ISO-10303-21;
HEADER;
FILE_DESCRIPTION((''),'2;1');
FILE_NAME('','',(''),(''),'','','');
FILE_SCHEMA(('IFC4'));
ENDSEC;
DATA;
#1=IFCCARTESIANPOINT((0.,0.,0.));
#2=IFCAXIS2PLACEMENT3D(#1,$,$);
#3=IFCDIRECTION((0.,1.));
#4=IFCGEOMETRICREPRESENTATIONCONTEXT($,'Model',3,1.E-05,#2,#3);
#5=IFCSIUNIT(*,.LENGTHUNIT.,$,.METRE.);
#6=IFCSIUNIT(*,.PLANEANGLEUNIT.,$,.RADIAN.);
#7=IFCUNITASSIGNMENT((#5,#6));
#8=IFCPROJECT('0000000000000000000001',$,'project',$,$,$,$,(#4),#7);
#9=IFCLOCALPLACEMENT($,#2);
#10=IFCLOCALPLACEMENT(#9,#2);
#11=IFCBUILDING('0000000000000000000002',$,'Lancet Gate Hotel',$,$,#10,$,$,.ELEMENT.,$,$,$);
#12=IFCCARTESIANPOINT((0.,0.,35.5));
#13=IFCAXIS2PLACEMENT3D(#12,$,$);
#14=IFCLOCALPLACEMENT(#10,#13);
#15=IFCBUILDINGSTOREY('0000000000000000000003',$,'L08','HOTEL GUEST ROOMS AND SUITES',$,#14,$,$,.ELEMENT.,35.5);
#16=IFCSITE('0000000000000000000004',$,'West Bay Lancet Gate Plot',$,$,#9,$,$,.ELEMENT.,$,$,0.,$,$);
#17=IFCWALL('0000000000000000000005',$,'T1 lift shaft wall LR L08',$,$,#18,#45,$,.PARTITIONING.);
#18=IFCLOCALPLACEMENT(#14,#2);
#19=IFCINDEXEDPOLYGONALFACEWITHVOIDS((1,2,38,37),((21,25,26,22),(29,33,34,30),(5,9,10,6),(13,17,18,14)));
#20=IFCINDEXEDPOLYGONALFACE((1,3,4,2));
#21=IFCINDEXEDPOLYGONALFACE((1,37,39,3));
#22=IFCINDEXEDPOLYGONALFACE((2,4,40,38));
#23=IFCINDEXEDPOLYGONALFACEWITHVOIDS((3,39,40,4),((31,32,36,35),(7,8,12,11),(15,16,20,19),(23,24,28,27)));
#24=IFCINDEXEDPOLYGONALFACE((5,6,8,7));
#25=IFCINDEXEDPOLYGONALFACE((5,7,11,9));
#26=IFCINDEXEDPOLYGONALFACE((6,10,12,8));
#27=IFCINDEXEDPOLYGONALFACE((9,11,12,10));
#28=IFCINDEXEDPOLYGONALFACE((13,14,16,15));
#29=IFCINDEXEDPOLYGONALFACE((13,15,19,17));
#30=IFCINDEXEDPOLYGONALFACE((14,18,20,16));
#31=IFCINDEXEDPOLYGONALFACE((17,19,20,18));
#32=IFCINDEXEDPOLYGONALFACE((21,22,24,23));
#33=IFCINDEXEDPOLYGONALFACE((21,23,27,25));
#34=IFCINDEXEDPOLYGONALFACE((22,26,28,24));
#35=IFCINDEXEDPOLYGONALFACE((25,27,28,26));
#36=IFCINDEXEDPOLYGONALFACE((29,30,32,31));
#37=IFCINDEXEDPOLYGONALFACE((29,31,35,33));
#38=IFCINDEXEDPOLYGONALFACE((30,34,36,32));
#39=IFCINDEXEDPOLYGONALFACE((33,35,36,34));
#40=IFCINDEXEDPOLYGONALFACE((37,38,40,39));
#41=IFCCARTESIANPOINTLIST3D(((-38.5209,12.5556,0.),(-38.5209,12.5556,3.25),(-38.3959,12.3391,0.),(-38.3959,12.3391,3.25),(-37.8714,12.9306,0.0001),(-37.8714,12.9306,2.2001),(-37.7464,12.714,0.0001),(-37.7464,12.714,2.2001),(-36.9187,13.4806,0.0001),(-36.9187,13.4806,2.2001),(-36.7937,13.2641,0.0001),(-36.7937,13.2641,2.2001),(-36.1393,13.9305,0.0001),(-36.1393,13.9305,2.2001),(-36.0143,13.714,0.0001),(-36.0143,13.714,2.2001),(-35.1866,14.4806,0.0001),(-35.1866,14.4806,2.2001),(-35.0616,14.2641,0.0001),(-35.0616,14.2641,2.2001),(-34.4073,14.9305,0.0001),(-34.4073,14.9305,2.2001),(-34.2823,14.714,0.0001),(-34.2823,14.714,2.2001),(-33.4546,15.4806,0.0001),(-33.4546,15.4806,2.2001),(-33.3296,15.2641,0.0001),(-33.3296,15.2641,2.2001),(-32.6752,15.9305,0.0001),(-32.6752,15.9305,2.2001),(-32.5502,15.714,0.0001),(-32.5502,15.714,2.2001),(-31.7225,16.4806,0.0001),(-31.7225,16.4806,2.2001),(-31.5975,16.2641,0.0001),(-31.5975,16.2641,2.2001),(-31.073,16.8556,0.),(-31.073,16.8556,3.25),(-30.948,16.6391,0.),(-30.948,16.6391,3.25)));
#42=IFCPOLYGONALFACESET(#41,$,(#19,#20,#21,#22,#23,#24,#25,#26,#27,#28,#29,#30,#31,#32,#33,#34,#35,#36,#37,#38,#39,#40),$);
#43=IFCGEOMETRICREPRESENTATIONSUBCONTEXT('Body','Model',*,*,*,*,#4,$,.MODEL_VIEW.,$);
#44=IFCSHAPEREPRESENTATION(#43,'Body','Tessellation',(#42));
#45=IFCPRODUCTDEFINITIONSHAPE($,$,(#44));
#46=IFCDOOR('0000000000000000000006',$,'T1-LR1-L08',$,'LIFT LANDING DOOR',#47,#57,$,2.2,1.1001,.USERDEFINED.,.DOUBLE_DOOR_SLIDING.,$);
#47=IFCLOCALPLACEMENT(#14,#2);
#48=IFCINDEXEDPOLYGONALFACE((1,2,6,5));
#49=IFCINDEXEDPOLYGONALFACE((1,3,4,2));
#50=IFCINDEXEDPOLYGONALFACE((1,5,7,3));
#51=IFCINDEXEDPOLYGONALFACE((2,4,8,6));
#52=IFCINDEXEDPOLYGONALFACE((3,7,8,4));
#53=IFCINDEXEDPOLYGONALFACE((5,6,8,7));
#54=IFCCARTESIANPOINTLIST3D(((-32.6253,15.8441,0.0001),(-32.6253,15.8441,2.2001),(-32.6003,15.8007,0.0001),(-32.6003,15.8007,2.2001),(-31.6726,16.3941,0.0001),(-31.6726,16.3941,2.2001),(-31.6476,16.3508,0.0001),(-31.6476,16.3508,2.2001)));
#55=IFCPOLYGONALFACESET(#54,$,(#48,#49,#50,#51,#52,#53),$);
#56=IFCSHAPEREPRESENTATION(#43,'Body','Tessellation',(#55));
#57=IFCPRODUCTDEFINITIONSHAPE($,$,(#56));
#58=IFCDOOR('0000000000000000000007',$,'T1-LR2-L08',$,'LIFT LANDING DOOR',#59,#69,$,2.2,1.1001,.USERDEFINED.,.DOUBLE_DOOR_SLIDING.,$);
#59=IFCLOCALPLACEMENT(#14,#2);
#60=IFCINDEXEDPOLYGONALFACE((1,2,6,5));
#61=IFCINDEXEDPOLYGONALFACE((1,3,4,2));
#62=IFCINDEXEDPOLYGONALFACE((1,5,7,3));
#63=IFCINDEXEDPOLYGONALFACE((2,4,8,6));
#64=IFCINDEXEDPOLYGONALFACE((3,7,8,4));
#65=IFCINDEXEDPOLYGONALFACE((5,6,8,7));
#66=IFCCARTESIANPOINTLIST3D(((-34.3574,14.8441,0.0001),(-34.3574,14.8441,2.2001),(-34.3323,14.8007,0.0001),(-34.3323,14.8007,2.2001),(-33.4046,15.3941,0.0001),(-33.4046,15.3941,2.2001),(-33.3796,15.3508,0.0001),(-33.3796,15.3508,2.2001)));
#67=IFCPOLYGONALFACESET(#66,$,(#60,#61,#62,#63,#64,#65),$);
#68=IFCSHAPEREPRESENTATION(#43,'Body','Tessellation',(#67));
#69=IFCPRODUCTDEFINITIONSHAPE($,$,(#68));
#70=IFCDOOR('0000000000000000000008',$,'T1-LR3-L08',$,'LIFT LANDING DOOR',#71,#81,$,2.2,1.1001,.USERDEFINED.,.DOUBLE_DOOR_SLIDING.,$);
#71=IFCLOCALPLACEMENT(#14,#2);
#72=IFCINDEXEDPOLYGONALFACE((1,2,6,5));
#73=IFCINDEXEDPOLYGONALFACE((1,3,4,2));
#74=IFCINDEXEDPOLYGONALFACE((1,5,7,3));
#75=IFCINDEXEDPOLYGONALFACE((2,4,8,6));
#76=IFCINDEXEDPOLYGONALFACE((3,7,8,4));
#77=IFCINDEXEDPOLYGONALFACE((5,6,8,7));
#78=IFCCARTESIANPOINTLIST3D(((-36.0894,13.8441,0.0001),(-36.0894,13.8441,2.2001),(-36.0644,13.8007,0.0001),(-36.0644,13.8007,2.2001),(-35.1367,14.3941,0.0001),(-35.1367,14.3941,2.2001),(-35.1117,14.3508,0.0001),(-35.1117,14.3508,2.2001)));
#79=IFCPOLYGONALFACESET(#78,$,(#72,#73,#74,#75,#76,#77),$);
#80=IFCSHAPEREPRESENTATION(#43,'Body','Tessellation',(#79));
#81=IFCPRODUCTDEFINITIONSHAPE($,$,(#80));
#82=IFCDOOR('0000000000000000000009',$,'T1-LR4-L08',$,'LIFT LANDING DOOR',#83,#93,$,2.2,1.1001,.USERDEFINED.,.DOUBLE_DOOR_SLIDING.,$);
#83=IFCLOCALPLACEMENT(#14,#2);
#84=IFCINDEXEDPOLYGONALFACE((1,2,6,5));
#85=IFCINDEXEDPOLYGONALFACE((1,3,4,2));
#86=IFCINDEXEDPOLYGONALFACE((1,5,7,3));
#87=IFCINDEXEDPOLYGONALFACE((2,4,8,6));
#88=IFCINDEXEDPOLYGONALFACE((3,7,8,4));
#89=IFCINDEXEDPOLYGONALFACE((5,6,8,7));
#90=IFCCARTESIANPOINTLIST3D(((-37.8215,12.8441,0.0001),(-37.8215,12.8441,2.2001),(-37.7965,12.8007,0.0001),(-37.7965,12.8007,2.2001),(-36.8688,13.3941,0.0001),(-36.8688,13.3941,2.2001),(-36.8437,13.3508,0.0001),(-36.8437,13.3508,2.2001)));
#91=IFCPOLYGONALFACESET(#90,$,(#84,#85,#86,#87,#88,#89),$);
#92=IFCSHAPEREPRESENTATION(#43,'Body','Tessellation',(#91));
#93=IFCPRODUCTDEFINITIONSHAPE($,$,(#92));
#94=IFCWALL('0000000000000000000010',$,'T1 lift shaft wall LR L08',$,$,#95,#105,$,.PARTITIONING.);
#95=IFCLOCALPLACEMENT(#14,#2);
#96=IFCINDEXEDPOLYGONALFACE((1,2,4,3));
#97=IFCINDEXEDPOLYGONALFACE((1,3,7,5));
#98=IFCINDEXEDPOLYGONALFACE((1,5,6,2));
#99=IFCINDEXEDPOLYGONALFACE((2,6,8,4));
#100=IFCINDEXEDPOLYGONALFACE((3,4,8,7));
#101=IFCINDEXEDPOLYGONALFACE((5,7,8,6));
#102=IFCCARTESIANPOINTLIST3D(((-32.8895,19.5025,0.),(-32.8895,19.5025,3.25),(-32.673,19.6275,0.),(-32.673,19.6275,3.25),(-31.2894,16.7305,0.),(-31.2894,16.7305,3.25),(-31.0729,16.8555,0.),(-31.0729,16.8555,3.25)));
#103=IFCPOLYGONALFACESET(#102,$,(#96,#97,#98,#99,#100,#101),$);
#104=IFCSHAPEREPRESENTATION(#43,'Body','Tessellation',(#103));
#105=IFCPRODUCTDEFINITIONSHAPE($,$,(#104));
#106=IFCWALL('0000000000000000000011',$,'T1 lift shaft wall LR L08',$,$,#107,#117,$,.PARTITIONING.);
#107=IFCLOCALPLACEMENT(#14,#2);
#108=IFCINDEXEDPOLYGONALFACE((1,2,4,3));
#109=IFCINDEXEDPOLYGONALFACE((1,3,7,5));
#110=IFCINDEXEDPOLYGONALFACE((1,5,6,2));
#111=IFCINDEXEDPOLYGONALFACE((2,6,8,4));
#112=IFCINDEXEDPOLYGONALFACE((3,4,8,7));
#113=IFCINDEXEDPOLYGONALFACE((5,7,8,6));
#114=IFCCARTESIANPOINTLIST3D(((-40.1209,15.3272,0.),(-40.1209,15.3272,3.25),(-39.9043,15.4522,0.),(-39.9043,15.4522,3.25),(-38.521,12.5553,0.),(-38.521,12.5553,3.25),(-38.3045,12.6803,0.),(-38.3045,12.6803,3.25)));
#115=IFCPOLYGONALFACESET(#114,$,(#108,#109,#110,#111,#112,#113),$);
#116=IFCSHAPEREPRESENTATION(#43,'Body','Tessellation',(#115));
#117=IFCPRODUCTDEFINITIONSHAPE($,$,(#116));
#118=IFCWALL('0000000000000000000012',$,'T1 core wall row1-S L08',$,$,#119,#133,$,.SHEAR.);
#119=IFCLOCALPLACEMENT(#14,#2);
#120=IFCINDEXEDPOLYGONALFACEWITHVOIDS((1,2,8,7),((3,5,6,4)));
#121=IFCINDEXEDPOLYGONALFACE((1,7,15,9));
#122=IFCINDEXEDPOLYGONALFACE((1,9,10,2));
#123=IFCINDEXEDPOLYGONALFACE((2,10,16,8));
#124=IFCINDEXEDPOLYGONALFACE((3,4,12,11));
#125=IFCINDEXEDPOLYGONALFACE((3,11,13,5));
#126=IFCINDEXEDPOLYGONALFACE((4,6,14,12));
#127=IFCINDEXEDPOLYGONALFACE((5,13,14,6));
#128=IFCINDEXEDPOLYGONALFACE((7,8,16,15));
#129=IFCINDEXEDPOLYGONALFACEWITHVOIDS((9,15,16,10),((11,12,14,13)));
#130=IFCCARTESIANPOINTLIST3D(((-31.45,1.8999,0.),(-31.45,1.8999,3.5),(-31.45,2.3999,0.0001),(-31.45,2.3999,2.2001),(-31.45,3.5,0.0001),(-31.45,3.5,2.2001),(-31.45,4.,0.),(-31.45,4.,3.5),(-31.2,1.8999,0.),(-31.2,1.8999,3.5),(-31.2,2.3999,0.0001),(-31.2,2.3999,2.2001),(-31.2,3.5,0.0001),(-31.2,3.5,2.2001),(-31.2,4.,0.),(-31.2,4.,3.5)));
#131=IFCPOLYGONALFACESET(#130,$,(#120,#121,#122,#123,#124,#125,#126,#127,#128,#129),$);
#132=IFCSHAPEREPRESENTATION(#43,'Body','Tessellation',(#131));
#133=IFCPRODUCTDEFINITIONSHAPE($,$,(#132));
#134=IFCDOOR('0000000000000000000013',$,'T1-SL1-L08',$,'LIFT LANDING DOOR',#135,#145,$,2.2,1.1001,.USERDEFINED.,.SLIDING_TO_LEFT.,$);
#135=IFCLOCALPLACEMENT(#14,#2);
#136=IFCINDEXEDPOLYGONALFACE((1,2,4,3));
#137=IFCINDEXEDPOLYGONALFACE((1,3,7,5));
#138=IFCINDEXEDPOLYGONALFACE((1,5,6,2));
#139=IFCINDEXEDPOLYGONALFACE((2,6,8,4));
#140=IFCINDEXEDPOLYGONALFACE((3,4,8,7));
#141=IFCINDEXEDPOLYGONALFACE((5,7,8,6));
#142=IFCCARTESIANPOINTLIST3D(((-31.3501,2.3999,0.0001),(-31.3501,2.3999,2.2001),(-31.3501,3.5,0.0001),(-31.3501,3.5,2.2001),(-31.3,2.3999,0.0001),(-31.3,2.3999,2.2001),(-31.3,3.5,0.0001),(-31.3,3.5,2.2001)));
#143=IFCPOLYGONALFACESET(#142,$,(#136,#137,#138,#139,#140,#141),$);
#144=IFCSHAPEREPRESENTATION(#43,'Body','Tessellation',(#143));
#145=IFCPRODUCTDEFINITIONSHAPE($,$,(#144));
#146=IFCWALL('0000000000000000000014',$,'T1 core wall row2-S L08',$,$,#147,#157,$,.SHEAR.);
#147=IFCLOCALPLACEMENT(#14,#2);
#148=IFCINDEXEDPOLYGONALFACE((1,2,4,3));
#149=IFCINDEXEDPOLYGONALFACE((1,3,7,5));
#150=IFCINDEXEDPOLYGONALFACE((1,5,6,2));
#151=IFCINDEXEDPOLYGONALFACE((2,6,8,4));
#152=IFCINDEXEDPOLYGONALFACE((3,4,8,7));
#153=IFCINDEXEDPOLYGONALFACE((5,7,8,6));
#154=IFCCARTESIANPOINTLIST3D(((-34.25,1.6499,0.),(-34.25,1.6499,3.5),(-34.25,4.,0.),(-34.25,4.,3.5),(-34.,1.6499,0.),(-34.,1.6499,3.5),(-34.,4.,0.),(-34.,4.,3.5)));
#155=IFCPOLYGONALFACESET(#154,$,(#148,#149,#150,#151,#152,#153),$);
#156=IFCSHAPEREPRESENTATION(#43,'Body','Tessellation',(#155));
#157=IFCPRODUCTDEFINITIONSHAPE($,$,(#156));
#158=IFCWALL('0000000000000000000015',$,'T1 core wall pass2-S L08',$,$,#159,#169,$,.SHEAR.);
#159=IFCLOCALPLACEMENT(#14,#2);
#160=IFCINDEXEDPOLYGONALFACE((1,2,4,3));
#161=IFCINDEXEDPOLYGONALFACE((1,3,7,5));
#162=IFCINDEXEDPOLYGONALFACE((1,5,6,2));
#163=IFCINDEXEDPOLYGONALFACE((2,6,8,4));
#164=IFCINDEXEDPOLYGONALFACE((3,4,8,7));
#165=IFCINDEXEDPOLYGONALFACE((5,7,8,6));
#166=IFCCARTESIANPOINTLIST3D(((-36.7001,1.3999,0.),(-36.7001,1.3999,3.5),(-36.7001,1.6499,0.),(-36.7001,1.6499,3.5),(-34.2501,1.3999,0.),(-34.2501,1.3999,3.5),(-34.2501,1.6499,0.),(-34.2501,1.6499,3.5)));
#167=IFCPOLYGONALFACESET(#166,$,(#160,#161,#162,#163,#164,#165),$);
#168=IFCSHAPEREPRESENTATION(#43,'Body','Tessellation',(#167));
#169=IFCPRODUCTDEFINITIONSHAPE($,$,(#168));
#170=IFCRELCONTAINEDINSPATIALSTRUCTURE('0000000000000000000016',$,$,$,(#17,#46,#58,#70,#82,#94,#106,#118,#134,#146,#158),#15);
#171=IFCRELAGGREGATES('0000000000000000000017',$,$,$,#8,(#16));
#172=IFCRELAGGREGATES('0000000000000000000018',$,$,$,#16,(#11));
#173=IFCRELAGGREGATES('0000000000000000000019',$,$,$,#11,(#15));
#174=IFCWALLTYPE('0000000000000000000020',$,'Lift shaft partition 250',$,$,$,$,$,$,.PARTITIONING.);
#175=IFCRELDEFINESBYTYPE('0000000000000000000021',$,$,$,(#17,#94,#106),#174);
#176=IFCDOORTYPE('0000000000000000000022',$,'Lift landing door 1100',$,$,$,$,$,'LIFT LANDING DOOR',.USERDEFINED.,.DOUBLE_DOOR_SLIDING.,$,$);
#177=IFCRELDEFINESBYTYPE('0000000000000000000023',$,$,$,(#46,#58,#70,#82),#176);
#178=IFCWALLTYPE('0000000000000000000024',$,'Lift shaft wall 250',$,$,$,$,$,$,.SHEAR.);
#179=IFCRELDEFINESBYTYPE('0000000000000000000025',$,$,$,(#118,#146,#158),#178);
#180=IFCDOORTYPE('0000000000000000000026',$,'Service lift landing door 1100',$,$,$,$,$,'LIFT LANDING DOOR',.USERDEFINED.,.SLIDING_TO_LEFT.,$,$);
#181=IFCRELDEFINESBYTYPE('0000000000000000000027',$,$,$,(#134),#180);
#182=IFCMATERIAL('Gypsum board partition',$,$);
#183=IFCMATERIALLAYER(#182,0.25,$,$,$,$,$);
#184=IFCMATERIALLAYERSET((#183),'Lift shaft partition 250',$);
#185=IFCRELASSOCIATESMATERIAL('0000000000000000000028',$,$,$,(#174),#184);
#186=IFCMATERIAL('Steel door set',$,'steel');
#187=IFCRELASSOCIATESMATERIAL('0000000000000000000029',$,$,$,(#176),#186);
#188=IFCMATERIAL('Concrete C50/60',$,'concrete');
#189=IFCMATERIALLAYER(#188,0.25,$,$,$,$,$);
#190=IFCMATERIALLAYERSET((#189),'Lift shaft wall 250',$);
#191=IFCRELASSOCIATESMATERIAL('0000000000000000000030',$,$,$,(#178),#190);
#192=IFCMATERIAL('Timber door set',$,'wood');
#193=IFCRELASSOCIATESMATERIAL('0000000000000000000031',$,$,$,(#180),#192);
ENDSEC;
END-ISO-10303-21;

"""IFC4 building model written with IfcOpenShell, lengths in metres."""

from ifc_helpers import new_model, si_unit, direction, frame, frame_2d, origin, place, context, subcontext, project, spatial, rectangle, extrude, material, layer, layer_set, type_object, element, fill, save


model = new_model("IFC4")

# Units and contexts
model_context = context("Model", 3, precision=1e-05, world=origin(), true_north=direction((0.0, 1.0)))
body_context = subcontext(model_context, "Body", "Model", "MODEL_VIEW")
ifc_project = project(units=[si_unit("LENGTHUNIT", "METRE"), si_unit("PLANEANGLEUNIT", "RADIAN")], contexts=[model_context])

# Site, building, storey
site_placement = place(None, origin())
site = spatial("IfcSite", under=ifc_project, at=site_placement, Name="West Bay Lancet Gate Plot", CompositionType="ELEMENT", RefElevation=0.0)
building_placement = place(site_placement, origin())
building = spatial("IfcBuilding", under=site, at=building_placement, Name="Lancet Gate Hotel", CompositionType="ELEMENT")
storey_placement = place(building_placement, frame((0.0, 0.0, 35.5)))
storey = spatial("IfcBuildingStorey", under=building, at=storey_placement, Name="L08", Description="HOTEL GUEST ROOMS AND SUITES", CompositionType="ELEMENT", Elevation=35.5)

# Wall, openings, doors
ifc_material_1 = material(Name="Gypsum board partition")
ifc_layer_1 = layer(ifc_material_1, 0.25)
ifc_layer_set_1 = layer_set([ifc_layer_1], Name="Lift shaft partition 250")
wall_type_1 = type_object("IfcWallType", Name="Lift shaft partition 250", PredefinedType="PARTITIONING", material=ifc_layer_set_1)
wall_1_placement = place(storey_placement, frame((-31.0105, 16.7473, 0.0), z_axis=(0.0, 0.0, 1.0), x_axis=(-0.866028, -0.499995, 0.0)))
wall_1 = element("IfcWall", 1, at=wall_1_placement, inside=storey, type_object=wall_type_1, Name="T1 lift shaft wall LR L08", PredefinedType="PARTITIONING", context=body_context, shape_type="SweptSolid", body=[
    extrude(rectangle(XDim=8.6001, YDim=0.25, at=frame_2d((4.3, 0.0))), origin(), (0.0, 0.0, 1.0), 3.25),
])
opening_1_placement = place(wall_1_placement, frame((0.75, 0.0, 0.0)))
opening_1 = element("IfcOpeningElement", 2, at=opening_1_placement, cuts=wall_1, PredefinedType="OPENING", context=body_context, shape_type="SweptSolid", body=[
    extrude(rectangle(XDim=1.1001, YDim=2.2, at=frame_2d((0.55, 1.1001))), frame((0.0, 0.135, 0.0), z_axis=(0.0, -1.0, 0.0), x_axis=(1.0, 0.0, 0.0)), (0.0, 0.0, 1.0), 0.27),
])
opening_2_placement = place(wall_1_placement, frame((2.75, 0.0, 0.0)))
opening_2 = element("IfcOpeningElement", 3, at=opening_2_placement, cuts=wall_1, PredefinedType="OPENING", context=body_context, shape_type="SweptSolid", body=[
    extrude(rectangle(XDim=1.1001, YDim=2.2, at=frame_2d((0.55, 1.1001))), frame((0.0, 0.135, 0.0), z_axis=(0.0, -1.0, 0.0), x_axis=(1.0, 0.0, 0.0)), (0.0, 0.0, 1.0), 0.27),
])
opening_3_placement = place(wall_1_placement, frame((4.75, 0.0, 0.0)))
opening_3 = element("IfcOpeningElement", 4, at=opening_3_placement, cuts=wall_1, PredefinedType="OPENING", context=body_context, shape_type="SweptSolid", body=[
    extrude(rectangle(XDim=1.1001, YDim=2.2, at=frame_2d((0.55, 1.1001))), frame((0.0, 0.135, 0.0), z_axis=(0.0, -1.0, 0.0), x_axis=(1.0, 0.0, 0.0)), (0.0, 0.0, 1.0), 0.27),
])
opening_4_placement = place(wall_1_placement, frame((6.75, 0.0, 0.0)))
opening_4 = element("IfcOpeningElement", 5, at=opening_4_placement, cuts=wall_1, PredefinedType="OPENING", context=body_context, shape_type="SweptSolid", body=[
    extrude(rectangle(XDim=1.1001, YDim=2.2, at=frame_2d((0.55, 1.1001))), frame((0.0, 0.135, 0.0), z_axis=(0.0, -1.0, 0.0), x_axis=(1.0, 0.0, 0.0)), (0.0, 0.0, 1.0), 0.27),
])
ifc_material_2 = material(Name="Steel door set", Category="steel")
door_type_1 = type_object("IfcDoorType", Name="Lift landing door 1100", ElementType="LIFT LANDING DOOR", OperationType="DOUBLE_DOOR_SLIDING", PredefinedType="USERDEFINED", material=ifc_material_2)
door_1_placement = place(opening_1_placement, origin())
door_1 = element("IfcDoor", 6, at=door_1_placement, inside=storey, type_object=door_type_1, Name="T1-LR1-L08", ObjectType="LIFT LANDING DOOR", OperationType="DOUBLE_DOOR_SLIDING", OverallHeight=2.2, OverallWidth=1.1001, PredefinedType="USERDEFINED", context=body_context, shape_type="SweptSolid", body=[
    extrude(rectangle(XDim=1.1001, YDim=2.2, at=frame_2d((0.55, 1.1001))), frame((0.0, 0.0249, 0.0), z_axis=(0.0, -1.0, 0.0), x_axis=(1.0, 0.0, 0.0)), (0.0, 0.0, 1.0), 0.05),
])
fill(opening_1, door_1)
door_2_placement = place(opening_2_placement, origin())
door_2 = element("IfcDoor", 7, at=door_2_placement, inside=storey, type_object=door_type_1, Name="T1-LR2-L08", ObjectType="LIFT LANDING DOOR", OperationType="DOUBLE_DOOR_SLIDING", OverallHeight=2.2, OverallWidth=1.1001, PredefinedType="USERDEFINED", context=body_context, shape_type="SweptSolid", body=[
    extrude(rectangle(XDim=1.1001, YDim=2.2, at=frame_2d((0.55, 1.1001))), frame((0.0, 0.0249, 0.0), z_axis=(0.0, -1.0, 0.0), x_axis=(1.0, 0.0, 0.0)), (0.0, 0.0, 1.0), 0.05),
])
fill(opening_2, door_2)
door_3_placement = place(opening_3_placement, origin())
door_3 = element("IfcDoor", 8, at=door_3_placement, inside=storey, type_object=door_type_1, Name="T1-LR3-L08", ObjectType="LIFT LANDING DOOR", OperationType="DOUBLE_DOOR_SLIDING", OverallHeight=2.2, OverallWidth=1.1001, PredefinedType="USERDEFINED", context=body_context, shape_type="SweptSolid", body=[
    extrude(rectangle(XDim=1.1001, YDim=2.2, at=frame_2d((0.55, 1.1001))), frame((0.0, 0.0249, 0.0), z_axis=(0.0, -1.0, 0.0), x_axis=(1.0, 0.0, 0.0)), (0.0, 0.0, 1.0), 0.05),
])
fill(opening_3, door_3)
door_4_placement = place(opening_4_placement, origin())
door_4 = element("IfcDoor", 9, at=door_4_placement, inside=storey, type_object=door_type_1, Name="T1-LR4-L08", ObjectType="LIFT LANDING DOOR", OperationType="DOUBLE_DOOR_SLIDING", OverallHeight=2.2, OverallWidth=1.1001, PredefinedType="USERDEFINED", context=body_context, shape_type="SweptSolid", body=[
    extrude(rectangle(XDim=1.1001, YDim=2.2, at=frame_2d((0.55, 1.1001))), frame((0.0, 0.0249, 0.0), z_axis=(0.0, -1.0, 0.0), x_axis=(1.0, 0.0, 0.0)), (0.0, 0.0, 1.0), 0.05),
])
fill(opening_4, door_4)

# Walls
wall_2_placement = place(storey_placement, frame((-31.1812, 16.793, 0.0), z_axis=(0.0, 0.0, 1.0), x_axis=(-0.499929, 0.866066, 0.0)))
element("IfcWall", 10, at=wall_2_placement, inside=storey, type_object=wall_type_1, Name="T1 lift shaft wall LR L08", PredefinedType="PARTITIONING", context=body_context, shape_type="SweptSolid", body=[
    extrude(rectangle(XDim=3.2007, YDim=0.25, at=frame_2d((1.6003, 0.0))), origin(), (0.0, 0.0, 1.0), 3.25),
])
wall_3_placement = place(storey_placement, frame((-38.4128, 12.6179, 0.0), z_axis=(0.0, 0.0, 1.0), x_axis=(-0.499872, 0.866099, 0.0)))
element("IfcWall", 11, at=wall_3_placement, inside=storey, type_object=wall_type_1, Name="T1 lift shaft wall LR L08", PredefinedType="PARTITIONING", context=body_context, shape_type="SweptSolid", body=[
    extrude(rectangle(XDim=3.2004, YDim=0.25, at=frame_2d((1.6001, 0.0))), origin(), (0.0, 0.0, 1.0), 3.25),
])

# Wall, opening, door
ifc_material_3 = material(Name="Concrete C50/60", Category="concrete")
ifc_layer_2 = layer(ifc_material_3, 0.25)
ifc_layer_set_2 = layer_set([ifc_layer_2], Name="Lift shaft wall 250")
wall_type_2 = type_object("IfcWallType", Name="Lift shaft wall 250", PredefinedType="SHEAR", material=ifc_layer_set_2)
wall_4_placement = place(storey_placement, frame((-31.325, 4.0, 0.0), z_axis=(0.0, 0.0, 1.0), x_axis=(0.0, -1.0, 0.0)))
wall_4 = element("IfcWall", 12, at=wall_4_placement, inside=storey, type_object=wall_type_2, Name="T1 core wall row1-S L08", PredefinedType="SHEAR", context=body_context, shape_type="SweptSolid", body=[
    extrude(rectangle(XDim=2.1001, YDim=0.25, at=frame_2d((1.05, 0.0))), origin(), (0.0, 0.0, 1.0), 3.5),
])
opening_5_placement = place(wall_4_placement, frame((0.5, 0.0, 0.0)))
opening_5 = element("IfcOpeningElement", 13, at=opening_5_placement, cuts=wall_4, PredefinedType="OPENING", context=body_context, shape_type="SweptSolid", body=[
    extrude(rectangle(XDim=1.1001, YDim=2.2, at=frame_2d((0.55, 1.1001))), frame((0.0, 0.135, 0.0), z_axis=(0.0, -1.0, 0.0), x_axis=(1.0, 0.0, 0.0)), (0.0, 0.0, 1.0), 0.27),
])
ifc_material_4 = material(Name="Timber door set", Category="wood")
door_type_2 = type_object("IfcDoorType", Name="Service lift landing door 1100", ElementType="LIFT LANDING DOOR", OperationType="SLIDING_TO_LEFT", PredefinedType="USERDEFINED", material=ifc_material_4)
door_5_placement = place(opening_5_placement, origin())
door_5 = element("IfcDoor", 14, at=door_5_placement, inside=storey, type_object=door_type_2, Name="T1-SL1-L08", ObjectType="LIFT LANDING DOOR", OperationType="SLIDING_TO_LEFT", OverallHeight=2.2, OverallWidth=1.1001, PredefinedType="USERDEFINED", context=body_context, shape_type="SweptSolid", body=[
    extrude(rectangle(XDim=1.1001, YDim=2.2, at=frame_2d((0.55, 1.1001))), frame((0.0, 0.0249, 0.0), z_axis=(0.0, -1.0, 0.0), x_axis=(1.0, 0.0, 0.0)), (0.0, 0.0, 1.0), 0.05),
])
fill(opening_5, door_5)

# Walls
wall_5_placement = place(storey_placement, frame((-34.125, 4.0, 0.0), z_axis=(0.0, 0.0, 1.0), x_axis=(0.0, -1.0, 0.0)))
element("IfcWall", 15, at=wall_5_placement, inside=storey, type_object=wall_type_2, Name="T1 core wall row2-S L08", PredefinedType="SHEAR", context=body_context, shape_type="SweptSolid", body=[
    extrude(rectangle(XDim=2.3501, YDim=0.25, at=frame_2d((1.175, 0.0))), origin(), (0.0, 0.0, 1.0), 3.5),
])
wall_6_placement = place(storey_placement, frame((-34.25, 1.5249, 0.0), z_axis=(0.0, 0.0, 1.0), x_axis=(-1.0, 0.0, 0.0)))
element("IfcWall", 16, at=wall_6_placement, inside=storey, type_object=wall_type_2, Name="T1 core wall pass2-S L08", PredefinedType="SHEAR", context=body_context, shape_type="SweptSolid", body=[
    extrude(rectangle(XDim=2.45, YDim=0.25, at=frame_2d((1.2251, 0.0))), origin(), (0.0, 0.0, 1.0), 3.5),
])

save(model, "model.ifc")
